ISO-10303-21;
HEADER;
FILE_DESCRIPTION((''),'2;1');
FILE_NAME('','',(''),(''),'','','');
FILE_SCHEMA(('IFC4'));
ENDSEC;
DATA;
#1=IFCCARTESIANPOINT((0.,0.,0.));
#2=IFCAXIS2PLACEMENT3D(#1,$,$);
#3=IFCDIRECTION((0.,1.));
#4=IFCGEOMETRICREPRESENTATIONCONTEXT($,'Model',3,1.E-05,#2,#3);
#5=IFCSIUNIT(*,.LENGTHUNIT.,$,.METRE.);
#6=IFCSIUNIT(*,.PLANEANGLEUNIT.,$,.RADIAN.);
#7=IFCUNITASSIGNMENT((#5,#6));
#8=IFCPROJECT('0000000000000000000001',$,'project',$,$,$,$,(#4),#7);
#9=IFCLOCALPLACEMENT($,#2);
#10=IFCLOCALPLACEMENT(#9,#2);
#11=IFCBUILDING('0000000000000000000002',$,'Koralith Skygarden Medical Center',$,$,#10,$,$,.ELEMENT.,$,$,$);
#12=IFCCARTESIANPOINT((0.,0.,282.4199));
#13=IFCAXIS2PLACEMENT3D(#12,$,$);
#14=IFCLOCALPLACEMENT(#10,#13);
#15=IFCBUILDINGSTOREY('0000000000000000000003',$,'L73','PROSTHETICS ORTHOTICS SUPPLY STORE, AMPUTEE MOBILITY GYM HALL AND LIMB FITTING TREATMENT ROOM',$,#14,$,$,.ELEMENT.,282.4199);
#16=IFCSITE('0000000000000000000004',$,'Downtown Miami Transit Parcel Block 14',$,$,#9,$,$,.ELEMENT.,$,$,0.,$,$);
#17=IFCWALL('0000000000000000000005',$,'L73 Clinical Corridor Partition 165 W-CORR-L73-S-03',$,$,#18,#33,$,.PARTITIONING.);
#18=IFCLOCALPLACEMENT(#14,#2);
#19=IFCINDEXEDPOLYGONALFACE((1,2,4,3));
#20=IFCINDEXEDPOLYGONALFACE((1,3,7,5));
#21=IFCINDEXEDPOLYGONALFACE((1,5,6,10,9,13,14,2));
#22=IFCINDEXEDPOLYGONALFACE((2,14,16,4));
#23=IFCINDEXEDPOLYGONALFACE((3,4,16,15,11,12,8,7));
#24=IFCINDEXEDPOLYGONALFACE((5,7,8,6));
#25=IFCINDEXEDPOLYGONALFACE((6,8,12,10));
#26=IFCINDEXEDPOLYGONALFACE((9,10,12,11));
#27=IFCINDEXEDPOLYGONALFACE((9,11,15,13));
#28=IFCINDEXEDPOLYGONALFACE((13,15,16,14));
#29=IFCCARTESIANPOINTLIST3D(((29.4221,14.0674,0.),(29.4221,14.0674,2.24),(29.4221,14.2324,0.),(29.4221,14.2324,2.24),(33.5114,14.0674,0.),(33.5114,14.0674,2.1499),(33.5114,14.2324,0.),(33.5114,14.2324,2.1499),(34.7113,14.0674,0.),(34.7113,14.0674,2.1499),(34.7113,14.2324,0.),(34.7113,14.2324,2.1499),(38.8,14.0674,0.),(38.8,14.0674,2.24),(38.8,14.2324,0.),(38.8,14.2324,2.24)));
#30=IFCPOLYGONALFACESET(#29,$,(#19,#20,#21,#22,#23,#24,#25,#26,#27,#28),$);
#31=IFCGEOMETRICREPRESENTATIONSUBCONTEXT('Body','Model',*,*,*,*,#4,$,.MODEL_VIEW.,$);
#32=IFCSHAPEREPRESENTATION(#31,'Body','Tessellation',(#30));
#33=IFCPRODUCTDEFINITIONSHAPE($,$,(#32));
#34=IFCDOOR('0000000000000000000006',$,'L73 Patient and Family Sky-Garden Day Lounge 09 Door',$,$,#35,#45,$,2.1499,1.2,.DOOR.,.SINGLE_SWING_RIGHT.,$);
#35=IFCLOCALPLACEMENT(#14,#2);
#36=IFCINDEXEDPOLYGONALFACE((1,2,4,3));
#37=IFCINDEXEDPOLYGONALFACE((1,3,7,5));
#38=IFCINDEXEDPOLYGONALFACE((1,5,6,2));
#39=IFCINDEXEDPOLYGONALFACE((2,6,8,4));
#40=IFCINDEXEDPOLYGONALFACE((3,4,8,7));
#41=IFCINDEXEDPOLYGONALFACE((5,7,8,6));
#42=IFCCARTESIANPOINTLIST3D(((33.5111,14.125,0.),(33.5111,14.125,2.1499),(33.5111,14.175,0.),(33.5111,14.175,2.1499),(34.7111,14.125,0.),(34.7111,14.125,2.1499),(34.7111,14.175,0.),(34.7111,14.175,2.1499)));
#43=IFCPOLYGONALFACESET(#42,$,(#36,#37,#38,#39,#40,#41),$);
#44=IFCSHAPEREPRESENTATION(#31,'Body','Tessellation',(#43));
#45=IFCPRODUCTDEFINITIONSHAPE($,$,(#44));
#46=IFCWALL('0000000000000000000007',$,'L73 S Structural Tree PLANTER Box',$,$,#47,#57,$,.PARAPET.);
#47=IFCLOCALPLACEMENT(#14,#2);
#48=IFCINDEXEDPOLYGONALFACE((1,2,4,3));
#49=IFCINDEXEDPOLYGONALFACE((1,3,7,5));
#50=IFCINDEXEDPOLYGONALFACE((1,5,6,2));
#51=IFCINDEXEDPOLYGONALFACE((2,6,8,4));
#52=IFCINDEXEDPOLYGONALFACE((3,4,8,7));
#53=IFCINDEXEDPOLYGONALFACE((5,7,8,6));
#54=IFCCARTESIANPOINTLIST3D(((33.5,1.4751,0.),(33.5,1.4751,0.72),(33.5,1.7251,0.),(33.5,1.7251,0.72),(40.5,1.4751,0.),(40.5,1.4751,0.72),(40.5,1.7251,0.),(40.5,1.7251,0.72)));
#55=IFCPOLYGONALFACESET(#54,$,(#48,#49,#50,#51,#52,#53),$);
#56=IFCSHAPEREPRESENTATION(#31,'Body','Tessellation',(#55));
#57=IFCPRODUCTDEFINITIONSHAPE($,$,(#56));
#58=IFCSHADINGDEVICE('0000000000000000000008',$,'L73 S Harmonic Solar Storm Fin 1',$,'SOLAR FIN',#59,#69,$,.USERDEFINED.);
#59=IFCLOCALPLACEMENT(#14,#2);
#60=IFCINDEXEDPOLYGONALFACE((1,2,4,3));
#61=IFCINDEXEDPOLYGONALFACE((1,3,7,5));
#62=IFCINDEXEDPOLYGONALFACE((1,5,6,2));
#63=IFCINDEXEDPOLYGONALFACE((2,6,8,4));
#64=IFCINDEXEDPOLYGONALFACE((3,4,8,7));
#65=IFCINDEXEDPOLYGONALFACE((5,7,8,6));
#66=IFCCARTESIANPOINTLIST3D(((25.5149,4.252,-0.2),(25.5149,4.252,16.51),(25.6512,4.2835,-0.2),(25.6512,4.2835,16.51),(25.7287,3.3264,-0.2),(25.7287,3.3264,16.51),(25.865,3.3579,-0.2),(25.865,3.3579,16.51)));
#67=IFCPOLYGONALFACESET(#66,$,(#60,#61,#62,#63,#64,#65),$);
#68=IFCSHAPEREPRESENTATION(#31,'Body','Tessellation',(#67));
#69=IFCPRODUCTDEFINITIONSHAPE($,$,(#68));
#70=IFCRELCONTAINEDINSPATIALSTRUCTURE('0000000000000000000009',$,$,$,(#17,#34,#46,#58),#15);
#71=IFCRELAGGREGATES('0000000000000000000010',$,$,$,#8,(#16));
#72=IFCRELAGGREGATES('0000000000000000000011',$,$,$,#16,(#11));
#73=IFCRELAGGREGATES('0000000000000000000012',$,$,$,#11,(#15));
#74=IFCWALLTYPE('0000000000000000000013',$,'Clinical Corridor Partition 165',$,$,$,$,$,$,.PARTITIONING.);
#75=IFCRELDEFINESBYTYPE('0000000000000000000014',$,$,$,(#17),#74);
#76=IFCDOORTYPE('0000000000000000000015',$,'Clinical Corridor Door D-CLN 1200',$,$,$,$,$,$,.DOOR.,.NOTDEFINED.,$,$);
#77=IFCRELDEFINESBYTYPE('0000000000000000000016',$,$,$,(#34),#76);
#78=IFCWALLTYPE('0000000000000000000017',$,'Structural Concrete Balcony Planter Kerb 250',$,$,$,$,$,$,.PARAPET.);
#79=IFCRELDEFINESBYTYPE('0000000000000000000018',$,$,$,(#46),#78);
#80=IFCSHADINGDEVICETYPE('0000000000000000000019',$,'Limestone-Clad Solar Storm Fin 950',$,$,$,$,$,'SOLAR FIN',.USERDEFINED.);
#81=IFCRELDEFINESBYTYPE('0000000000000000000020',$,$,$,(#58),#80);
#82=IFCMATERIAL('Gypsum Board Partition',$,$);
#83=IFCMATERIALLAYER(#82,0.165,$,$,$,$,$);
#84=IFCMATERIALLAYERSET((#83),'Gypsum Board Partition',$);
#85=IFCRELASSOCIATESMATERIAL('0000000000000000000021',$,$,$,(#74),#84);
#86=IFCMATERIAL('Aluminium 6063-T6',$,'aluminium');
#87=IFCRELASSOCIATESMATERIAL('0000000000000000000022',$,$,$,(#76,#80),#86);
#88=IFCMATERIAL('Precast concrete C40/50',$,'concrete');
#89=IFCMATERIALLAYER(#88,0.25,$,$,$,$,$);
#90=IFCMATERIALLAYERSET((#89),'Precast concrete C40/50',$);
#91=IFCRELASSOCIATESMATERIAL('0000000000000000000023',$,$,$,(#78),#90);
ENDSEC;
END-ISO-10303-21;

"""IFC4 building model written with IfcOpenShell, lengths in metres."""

from ifc_helpers import new_model, si_unit, direction, frame, frame_2d, origin, origin_2d, place, context, subcontext, project, spatial, rectangle, extrude, material, layer, layer_set, type_object, element, fill, save


model = new_model("IFC4")

# Units and contexts
model_context = context("Model", 3, precision=1e-05, world=origin(), true_north=direction((0.0, 1.0)))
body_context = subcontext(model_context, "Body", "Model", "MODEL_VIEW")
ifc_project = project(units=[si_unit("LENGTHUNIT", "METRE"), si_unit("PLANEANGLEUNIT", "RADIAN")], contexts=[model_context])

# Site, building, storey
site_placement = place(None, origin())
site = spatial("IfcSite", under=ifc_project, at=site_placement, Name="Downtown Miami Transit Parcel Block 14", CompositionType="ELEMENT", RefElevation=0.0)
building_placement = place(site_placement, origin())
building = spatial("IfcBuilding", under=site, at=building_placement, Name="Koralith Skygarden Medical Center", CompositionType="ELEMENT")
storey_placement = place(building_placement, frame((0.0, 0.0, 282.4199)))
storey = spatial("IfcBuildingStorey", under=building, at=storey_placement, Name="L73", Description="PROSTHETICS ORTHOTICS SUPPLY STORE, AMPUTEE MOBILITY GYM HALL AND LIMB FITTING TREATMENT ROOM", CompositionType="ELEMENT", Elevation=282.4199)

# Shared definitions
ifc_material_1 = material(Name="Aluminium 6063-T6", Category="aluminium")

# Shared definitions
ifc_material_2 = material(Name="Gypsum Board Partition")

# Wall, opening, door
ifc_layer_1 = layer(ifc_material_2, 0.165)
ifc_layer_set_1 = layer_set([ifc_layer_1], Name="Gypsum Board Partition")
wall_type_1 = type_object("IfcWallType", Name="Clinical Corridor Partition 165", PredefinedType="PARTITIONING", material=ifc_layer_set_1)
door_type_1 = type_object("IfcDoorType", Name="Clinical Corridor Door D-CLN 1200", OperationType="NOTDEFINED", PredefinedType="DOOR", material=ifc_material_1)
wall_1_placement = place(storey_placement, frame((29.4221, 14.1499, 0.0), z_axis=(0.0, 0.0, 1.0), x_axis=(1.0, 0.0, 0.0)))
wall_1 = element("IfcWall", 1, at=wall_1_placement, inside=storey, type_object=wall_type_1, Name="L73 Clinical Corridor Partition 165 W-CORR-L73-S-03", PredefinedType="PARTITIONING", context=body_context, shape_type="SweptSolid", body=[
    extrude(rectangle(XDim=9.3779, YDim=0.165, at=frame_2d((4.689, 0.0))), origin(), (0.0, 0.0, 1.0), 2.24),
])
opening_1_placement = place(wall_1_placement, frame((4.0891, 0.0, 0.0)))
opening_1 = element("IfcOpeningElement", 2, at=opening_1_placement, cuts=wall_1, PredefinedType="OPENING", context=body_context, shape_type="SweptSolid", body=[
    extrude(rectangle(XDim=1.2, YDim=2.1499, at=frame_2d((0.6001, 1.075))), frame((0.0, 0.0925, 0.0), z_axis=(0.0, -1.0, 0.0), x_axis=(1.0, 0.0, 0.0)), (0.0, 0.0, 1.0), 0.1851),
])
door_1_placement = place(opening_1_placement, frame((1.2, 0.0, 0.0), z_axis=(0.0, 0.0, 1.0), x_axis=(-1.0, 0.0, 0.0)))
door_1 = element("IfcDoor", 3, at=door_1_placement, inside=storey, type_object=door_type_1, Name="L73 Patient and Family Sky-Garden Day Lounge 09 Door", OperationType="SINGLE_SWING_RIGHT", OverallHeight=2.1499, OverallWidth=1.2, PredefinedType="DOOR", context=body_context, shape_type="SweptSolid", body=[
    extrude(rectangle(XDim=1.2, YDim=2.1499, at=frame_2d((0.6001, 1.075))), frame((0.0, 0.0249, 0.0), z_axis=(0.0, -1.0, 0.0), x_axis=(1.0, 0.0, 0.0)), (0.0, 0.0, 1.0), 0.05),
])
fill(opening_1, door_1)

# Wall
ifc_material_3 = material(Name="Precast concrete C40/50", Category="concrete")
ifc_layer_2 = layer(ifc_material_3, 0.25)
ifc_layer_set_2 = layer_set([ifc_layer_2], Name="Precast concrete C40/50")
wall_type_2 = type_object("IfcWallType", Name="Structural Concrete Balcony Planter Kerb 250", PredefinedType="PARAPET", material=ifc_layer_set_2)
wall_2_placement = place(storey_placement, frame((33.5, 1.6001, 0.0), z_axis=(0.0, 0.0, 1.0), x_axis=(1.0, 0.0, 0.0)))
element("IfcWall", 4, at=wall_2_placement, inside=storey, type_object=wall_type_2, Name="L73 S Structural Tree PLANTER Box", PredefinedType="PARAPET", context=body_context, shape_type="SweptSolid", body=[
    extrude(rectangle(XDim=7.0, YDim=0.25, at=frame_2d((3.5, 0.0))), origin(), (0.0, 0.0, 1.0), 0.72),
])

# Shading device
shading_device_type = type_object("IfcShadingDeviceType", Name="Limestone-Clad Solar Storm Fin 950", ElementType="SOLAR FIN", PredefinedType="USERDEFINED", material=ifc_material_1)
shading_device_placement = place(storey_placement, frame((25.6899, 3.8049, -0.2), z_axis=(0.0, 0.0, 1.0), x_axis=(0.225053, -0.974347, 0.0)))
element("IfcShadingDevice", 5, at=shading_device_placement, inside=storey, type_object=shading_device_type, Name="L73 S Harmonic Solar Storm Fin 1", ObjectType="SOLAR FIN", PredefinedType="USERDEFINED", context=body_context, shape_type="SweptSolid", body=[
    extrude(rectangle(XDim=0.95, YDim=0.1399, at=origin_2d()), origin(), (0.0, 0.0, 1.0), 16.71),
])

save(model, "model.ifc")
